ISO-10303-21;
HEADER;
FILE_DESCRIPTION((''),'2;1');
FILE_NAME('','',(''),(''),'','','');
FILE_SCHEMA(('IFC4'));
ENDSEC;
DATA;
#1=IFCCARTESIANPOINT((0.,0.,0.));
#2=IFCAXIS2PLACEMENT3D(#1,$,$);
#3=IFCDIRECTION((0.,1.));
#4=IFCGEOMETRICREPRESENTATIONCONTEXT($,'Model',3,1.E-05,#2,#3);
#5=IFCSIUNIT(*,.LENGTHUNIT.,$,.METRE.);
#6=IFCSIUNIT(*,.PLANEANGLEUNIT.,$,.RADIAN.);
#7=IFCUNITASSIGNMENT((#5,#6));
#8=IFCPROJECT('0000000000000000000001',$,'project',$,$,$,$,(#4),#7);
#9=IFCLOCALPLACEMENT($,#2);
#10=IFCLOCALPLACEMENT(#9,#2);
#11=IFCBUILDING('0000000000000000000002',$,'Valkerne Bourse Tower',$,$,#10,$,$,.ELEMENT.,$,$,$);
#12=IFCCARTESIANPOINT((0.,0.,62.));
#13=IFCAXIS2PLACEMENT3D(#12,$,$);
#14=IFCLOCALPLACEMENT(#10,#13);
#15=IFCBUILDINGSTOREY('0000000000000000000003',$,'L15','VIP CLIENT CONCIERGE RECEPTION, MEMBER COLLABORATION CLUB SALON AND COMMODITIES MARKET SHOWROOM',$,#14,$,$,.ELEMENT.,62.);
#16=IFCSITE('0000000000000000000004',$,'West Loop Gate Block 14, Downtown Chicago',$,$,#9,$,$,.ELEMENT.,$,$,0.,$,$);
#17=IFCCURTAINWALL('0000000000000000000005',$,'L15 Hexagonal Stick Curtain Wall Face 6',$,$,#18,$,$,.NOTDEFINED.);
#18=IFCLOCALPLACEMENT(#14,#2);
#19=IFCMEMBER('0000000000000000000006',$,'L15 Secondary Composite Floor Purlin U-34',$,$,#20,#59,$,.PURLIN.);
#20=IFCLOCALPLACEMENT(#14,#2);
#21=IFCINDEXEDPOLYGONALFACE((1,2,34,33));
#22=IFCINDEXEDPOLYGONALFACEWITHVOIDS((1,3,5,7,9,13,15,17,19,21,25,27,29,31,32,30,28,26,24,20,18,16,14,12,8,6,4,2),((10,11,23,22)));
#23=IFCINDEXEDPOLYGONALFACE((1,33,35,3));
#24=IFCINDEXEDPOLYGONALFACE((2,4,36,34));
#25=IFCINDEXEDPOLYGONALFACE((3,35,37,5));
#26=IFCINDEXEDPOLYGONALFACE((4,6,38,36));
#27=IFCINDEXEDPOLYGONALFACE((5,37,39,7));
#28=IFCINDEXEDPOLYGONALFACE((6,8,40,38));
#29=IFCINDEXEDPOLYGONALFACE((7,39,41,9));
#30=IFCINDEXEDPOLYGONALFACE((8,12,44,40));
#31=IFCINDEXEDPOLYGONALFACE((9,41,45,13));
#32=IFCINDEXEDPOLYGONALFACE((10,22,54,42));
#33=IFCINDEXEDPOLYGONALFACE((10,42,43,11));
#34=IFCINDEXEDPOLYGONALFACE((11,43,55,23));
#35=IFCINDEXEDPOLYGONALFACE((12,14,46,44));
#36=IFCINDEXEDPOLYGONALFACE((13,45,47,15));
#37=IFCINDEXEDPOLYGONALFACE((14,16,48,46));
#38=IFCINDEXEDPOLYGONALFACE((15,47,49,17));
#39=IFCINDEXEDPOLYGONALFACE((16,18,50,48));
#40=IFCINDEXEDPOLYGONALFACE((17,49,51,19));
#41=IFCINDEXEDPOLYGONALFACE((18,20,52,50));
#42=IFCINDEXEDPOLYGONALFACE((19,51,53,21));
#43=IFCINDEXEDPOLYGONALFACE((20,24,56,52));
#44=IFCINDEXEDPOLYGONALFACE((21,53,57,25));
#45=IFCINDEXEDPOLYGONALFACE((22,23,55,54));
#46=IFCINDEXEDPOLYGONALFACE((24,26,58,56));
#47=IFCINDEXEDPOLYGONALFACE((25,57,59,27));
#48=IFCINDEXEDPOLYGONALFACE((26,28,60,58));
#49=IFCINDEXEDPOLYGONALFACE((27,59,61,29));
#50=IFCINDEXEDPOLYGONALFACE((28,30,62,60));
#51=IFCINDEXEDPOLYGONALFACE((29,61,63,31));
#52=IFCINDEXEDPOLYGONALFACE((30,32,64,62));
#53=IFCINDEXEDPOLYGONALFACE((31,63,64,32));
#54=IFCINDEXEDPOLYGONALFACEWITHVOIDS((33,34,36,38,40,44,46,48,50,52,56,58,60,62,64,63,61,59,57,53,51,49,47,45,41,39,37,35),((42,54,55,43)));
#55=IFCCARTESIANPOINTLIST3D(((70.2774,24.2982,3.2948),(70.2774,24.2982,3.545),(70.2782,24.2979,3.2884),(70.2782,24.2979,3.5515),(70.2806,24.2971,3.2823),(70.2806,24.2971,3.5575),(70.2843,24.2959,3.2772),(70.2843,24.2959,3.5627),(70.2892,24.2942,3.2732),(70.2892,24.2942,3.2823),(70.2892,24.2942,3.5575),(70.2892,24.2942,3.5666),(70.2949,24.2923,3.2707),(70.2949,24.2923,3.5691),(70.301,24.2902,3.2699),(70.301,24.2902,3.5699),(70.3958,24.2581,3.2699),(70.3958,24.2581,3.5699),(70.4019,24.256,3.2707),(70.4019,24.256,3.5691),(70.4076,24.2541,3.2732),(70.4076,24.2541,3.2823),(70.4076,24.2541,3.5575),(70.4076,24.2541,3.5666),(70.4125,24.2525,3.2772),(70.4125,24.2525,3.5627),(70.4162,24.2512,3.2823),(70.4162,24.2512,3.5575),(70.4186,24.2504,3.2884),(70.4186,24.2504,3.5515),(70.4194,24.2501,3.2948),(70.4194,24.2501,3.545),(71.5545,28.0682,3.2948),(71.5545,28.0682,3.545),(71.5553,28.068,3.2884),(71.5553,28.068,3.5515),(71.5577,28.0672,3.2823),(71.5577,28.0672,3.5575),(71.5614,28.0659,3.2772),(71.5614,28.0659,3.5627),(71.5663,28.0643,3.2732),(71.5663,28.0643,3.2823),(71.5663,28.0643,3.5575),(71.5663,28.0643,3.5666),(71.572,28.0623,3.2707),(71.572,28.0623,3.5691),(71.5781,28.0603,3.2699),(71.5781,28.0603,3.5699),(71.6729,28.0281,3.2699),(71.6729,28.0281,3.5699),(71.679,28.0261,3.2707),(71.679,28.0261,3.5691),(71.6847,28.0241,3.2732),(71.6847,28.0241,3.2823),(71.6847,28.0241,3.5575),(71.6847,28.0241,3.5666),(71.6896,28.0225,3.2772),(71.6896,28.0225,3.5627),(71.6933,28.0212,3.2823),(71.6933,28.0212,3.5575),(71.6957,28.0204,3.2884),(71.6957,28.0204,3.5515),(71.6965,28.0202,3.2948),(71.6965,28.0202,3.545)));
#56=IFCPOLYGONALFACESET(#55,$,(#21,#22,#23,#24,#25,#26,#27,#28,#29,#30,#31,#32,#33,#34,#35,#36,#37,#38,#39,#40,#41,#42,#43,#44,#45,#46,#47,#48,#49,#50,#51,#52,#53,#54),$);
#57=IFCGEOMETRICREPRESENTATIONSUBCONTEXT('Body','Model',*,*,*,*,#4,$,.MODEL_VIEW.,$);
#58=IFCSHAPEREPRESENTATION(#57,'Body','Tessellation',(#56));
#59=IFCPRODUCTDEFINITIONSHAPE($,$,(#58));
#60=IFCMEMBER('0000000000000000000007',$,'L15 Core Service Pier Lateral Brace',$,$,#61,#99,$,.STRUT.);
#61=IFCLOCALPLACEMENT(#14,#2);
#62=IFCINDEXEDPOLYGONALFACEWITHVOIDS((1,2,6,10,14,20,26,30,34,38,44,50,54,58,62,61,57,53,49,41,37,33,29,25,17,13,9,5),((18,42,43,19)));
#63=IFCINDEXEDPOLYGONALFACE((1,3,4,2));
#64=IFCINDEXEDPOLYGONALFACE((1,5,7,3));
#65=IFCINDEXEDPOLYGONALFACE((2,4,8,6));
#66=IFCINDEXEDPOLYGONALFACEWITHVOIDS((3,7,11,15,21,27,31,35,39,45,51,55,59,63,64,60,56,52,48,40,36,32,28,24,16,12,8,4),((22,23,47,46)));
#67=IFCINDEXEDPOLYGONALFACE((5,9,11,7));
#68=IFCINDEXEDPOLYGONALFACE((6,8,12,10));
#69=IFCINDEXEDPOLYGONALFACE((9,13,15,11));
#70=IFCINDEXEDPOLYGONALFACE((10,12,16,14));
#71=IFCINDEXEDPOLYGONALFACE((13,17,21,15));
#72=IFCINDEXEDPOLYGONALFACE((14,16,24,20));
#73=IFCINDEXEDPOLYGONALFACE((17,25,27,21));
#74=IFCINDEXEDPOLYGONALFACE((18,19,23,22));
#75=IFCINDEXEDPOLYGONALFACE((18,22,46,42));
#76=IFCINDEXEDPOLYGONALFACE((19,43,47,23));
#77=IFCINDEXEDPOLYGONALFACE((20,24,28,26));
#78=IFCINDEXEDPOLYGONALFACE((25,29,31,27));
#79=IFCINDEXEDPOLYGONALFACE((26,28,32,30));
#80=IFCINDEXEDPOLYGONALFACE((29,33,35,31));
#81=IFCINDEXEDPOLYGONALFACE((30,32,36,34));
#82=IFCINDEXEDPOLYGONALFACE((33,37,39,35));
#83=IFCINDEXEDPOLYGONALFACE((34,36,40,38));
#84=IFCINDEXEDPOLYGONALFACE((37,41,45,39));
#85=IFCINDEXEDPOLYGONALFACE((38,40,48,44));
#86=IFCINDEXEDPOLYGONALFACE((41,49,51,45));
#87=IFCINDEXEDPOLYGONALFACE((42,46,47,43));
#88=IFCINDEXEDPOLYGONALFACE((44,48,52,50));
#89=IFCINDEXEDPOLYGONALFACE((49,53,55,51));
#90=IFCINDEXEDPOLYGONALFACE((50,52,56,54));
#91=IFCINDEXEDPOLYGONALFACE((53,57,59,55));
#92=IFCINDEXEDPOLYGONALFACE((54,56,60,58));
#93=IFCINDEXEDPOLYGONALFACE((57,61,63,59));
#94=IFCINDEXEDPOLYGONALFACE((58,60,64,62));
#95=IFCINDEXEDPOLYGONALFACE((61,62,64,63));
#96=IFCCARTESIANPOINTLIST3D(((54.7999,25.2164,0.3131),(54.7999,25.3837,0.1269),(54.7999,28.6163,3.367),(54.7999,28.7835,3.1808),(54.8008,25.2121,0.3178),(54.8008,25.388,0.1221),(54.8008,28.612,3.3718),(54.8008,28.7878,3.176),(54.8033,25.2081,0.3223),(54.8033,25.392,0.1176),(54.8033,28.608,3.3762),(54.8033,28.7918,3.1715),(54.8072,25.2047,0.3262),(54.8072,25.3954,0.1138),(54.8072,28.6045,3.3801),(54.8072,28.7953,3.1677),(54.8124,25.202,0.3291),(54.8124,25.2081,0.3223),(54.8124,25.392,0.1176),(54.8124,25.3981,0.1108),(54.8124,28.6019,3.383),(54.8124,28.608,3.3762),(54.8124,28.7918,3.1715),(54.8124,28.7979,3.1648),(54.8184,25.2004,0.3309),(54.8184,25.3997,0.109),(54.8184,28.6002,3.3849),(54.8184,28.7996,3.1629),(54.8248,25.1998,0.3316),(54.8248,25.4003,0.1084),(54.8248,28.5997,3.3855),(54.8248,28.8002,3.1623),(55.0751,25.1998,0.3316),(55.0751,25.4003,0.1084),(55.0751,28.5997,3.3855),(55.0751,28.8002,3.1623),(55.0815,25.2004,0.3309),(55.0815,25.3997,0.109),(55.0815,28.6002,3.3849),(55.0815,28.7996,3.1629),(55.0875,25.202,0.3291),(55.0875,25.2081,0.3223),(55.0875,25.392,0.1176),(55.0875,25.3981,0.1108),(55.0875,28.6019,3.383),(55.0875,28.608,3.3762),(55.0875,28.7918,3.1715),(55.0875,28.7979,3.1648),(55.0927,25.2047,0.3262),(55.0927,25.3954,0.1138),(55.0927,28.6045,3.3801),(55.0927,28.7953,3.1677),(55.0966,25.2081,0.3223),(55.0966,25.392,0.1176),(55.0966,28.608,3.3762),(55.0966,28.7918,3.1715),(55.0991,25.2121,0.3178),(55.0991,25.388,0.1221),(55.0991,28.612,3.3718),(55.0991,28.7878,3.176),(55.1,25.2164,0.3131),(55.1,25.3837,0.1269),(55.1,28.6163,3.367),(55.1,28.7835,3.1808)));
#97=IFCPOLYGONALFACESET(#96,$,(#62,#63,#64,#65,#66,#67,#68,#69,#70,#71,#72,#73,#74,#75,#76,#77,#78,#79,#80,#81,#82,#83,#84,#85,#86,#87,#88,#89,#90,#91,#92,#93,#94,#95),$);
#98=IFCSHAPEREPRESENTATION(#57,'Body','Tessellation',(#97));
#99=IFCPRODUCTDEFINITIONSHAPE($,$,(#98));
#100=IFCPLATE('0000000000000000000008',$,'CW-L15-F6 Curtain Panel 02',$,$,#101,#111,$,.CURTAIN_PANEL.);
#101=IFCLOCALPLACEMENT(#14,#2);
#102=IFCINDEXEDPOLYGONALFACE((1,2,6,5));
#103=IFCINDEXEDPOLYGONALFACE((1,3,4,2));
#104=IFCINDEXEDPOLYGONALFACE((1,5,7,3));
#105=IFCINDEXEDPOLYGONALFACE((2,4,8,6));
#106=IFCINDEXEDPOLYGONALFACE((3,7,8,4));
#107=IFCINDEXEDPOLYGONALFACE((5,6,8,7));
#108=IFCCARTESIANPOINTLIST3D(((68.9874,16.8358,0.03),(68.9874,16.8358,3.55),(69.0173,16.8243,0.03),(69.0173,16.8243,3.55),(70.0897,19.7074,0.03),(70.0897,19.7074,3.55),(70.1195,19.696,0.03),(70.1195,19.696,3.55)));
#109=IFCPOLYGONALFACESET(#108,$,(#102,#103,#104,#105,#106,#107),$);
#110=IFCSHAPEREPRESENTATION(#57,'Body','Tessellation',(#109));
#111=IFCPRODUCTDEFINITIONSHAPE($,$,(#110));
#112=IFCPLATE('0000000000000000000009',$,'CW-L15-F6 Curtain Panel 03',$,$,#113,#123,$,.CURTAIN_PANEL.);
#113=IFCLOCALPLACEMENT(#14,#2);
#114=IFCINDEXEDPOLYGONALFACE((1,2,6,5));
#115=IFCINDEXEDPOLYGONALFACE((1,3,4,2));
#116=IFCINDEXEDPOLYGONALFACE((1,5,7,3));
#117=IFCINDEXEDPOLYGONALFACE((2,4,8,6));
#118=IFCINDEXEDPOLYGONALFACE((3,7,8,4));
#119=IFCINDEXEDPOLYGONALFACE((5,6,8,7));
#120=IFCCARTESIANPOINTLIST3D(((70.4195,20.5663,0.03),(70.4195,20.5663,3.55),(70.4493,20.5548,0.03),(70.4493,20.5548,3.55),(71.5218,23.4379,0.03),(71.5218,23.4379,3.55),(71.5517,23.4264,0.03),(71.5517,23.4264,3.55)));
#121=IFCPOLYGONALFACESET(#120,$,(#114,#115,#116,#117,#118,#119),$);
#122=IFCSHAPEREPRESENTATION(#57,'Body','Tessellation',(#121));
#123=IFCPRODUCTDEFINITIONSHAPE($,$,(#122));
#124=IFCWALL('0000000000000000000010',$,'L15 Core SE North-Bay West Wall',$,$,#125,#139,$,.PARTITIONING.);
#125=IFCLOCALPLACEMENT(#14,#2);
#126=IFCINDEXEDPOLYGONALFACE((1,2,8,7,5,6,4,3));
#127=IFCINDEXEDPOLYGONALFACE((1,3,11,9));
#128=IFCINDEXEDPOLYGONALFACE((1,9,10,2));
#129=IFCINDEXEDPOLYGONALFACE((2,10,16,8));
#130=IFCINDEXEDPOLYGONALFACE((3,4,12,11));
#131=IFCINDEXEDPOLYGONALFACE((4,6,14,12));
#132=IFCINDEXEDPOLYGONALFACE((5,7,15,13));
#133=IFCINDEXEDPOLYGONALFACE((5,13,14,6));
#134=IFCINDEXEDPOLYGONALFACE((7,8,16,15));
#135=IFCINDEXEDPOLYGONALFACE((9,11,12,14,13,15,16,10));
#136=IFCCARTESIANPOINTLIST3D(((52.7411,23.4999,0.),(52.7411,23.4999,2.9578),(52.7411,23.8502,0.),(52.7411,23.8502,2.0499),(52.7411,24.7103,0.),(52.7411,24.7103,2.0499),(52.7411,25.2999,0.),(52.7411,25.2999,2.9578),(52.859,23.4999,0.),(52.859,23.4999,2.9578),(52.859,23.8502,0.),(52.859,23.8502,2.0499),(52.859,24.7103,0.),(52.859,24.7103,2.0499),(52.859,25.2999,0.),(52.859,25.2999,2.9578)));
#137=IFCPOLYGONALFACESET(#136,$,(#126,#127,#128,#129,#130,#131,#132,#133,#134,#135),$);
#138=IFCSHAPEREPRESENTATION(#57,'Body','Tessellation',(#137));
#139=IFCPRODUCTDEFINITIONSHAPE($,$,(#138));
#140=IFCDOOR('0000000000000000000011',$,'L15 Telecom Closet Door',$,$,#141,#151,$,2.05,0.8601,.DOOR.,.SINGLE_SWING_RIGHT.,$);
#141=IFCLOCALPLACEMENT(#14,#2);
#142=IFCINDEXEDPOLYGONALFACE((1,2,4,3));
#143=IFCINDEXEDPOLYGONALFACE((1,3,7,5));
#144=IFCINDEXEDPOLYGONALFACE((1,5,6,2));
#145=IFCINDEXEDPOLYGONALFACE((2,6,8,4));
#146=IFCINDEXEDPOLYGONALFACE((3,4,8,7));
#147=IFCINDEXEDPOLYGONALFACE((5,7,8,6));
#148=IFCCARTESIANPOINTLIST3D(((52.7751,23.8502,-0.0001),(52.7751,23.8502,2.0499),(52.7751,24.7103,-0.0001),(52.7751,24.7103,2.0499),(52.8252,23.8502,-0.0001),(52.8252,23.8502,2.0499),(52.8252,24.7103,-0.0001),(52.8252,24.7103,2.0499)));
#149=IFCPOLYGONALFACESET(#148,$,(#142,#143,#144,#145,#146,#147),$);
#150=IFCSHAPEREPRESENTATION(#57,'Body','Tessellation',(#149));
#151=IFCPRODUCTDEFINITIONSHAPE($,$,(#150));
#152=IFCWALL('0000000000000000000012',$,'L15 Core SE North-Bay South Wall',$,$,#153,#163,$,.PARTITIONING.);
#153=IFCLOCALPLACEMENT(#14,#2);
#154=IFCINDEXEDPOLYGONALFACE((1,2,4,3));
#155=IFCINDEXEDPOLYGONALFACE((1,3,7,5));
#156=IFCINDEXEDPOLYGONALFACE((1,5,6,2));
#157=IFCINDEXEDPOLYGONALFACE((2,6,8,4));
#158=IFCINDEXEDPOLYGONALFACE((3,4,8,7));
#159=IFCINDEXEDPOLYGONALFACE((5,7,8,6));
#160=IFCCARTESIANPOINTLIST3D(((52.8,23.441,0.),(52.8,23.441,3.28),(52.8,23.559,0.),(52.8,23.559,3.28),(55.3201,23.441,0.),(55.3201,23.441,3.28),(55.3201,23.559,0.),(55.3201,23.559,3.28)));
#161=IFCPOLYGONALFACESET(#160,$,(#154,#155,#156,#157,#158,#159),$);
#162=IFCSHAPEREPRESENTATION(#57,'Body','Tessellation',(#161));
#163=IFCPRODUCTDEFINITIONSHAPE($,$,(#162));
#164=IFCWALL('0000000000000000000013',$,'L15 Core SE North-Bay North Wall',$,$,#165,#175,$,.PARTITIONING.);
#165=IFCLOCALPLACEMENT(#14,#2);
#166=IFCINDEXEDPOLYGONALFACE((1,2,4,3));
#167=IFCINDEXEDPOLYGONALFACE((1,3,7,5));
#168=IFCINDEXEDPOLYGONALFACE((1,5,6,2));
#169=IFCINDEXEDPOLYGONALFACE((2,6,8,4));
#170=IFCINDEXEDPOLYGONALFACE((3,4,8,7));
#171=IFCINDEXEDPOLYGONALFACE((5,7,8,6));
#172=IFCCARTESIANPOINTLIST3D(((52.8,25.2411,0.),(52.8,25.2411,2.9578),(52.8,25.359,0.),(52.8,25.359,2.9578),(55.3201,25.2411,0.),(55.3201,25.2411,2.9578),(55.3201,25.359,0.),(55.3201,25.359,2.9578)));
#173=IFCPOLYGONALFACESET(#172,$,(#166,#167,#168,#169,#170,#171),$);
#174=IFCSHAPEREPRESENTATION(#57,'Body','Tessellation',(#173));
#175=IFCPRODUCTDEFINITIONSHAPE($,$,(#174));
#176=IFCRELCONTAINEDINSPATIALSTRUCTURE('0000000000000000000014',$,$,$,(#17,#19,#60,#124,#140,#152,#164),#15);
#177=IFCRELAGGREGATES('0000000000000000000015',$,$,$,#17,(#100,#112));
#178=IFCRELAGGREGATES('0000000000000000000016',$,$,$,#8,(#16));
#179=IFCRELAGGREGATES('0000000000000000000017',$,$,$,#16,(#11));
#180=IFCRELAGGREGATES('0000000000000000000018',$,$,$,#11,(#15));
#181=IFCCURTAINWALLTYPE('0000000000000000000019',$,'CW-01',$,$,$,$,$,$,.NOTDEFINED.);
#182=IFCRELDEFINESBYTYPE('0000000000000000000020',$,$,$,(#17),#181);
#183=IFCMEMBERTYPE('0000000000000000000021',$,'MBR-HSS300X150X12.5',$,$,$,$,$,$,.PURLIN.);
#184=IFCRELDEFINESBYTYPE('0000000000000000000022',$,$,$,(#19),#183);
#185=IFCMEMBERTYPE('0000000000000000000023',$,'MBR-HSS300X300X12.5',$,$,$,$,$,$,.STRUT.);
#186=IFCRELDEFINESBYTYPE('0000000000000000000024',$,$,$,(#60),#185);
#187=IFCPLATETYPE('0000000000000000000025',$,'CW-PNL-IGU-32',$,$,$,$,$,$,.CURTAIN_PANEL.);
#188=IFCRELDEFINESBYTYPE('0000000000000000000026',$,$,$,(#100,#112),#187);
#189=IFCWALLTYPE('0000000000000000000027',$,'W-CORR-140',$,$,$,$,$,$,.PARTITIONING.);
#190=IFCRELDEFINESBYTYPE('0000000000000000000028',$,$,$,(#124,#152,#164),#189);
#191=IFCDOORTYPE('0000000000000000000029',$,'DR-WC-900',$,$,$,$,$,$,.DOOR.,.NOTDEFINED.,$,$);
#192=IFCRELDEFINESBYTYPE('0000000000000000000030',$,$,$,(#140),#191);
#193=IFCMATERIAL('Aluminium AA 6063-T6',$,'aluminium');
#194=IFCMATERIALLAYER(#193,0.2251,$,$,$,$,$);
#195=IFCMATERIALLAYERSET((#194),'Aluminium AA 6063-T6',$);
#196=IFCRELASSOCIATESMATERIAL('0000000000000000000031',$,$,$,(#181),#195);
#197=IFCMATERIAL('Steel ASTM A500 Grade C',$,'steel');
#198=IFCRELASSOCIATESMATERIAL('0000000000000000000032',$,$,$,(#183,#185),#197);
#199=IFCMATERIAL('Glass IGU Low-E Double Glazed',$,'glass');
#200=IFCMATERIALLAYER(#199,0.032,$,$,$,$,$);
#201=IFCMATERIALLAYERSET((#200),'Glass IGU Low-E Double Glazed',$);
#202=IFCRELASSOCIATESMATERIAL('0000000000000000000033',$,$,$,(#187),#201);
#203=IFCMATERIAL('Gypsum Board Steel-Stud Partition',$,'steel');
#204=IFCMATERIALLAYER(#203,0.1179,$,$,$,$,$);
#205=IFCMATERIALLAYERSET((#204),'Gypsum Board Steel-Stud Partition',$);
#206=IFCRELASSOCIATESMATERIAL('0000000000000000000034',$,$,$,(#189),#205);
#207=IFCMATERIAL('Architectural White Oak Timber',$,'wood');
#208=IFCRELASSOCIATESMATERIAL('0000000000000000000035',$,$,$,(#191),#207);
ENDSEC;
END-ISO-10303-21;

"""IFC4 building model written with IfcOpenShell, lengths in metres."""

from ifc_helpers import new_model, si_unit, direction, frame, frame_2d, origin, origin_2d, place, context, subcontext, project, spatial, rectangle, hollow_rectangle, extrude, material, layer, layer_set, material_profile, profile_set, type_object, element, fill, aggregate, save


model = new_model("IFC4")

# Units and contexts
model_context = context("Model", 3, precision=1e-05, world=origin(), true_north=direction((0.0, 1.0)))
body_context = subcontext(model_context, "Body", "Model", "MODEL_VIEW")
ifc_project = project(units=[si_unit("LENGTHUNIT", "METRE"), si_unit("PLANEANGLEUNIT", "RADIAN")], contexts=[model_context])

# Site, building, storey
site_placement = place(None, origin())
site = spatial("IfcSite", under=ifc_project, at=site_placement, Name="West Loop Gate Block 14, Downtown Chicago", CompositionType="ELEMENT", RefElevation=0.0)
building_placement = place(site_placement, origin())
building = spatial("IfcBuilding", under=site, at=building_placement, Name="Valkerne Bourse Tower", CompositionType="ELEMENT")
storey_placement = place(building_placement, frame((0.0, 0.0, 62.0)))
storey = spatial("IfcBuildingStorey", under=building, at=storey_placement, Name="L15", Description="VIP CLIENT CONCIERGE RECEPTION, MEMBER COLLABORATION CLUB SALON AND COMMODITIES MARKET SHOWROOM", CompositionType="ELEMENT", Elevation=62.0)

# Curtain wall
ifc_material_1 = material(Name="Aluminium AA 6063-T6", Category="aluminium")
ifc_layer_1 = layer(ifc_material_1, 0.2251)
ifc_layer_set_1 = layer_set([ifc_layer_1], Name="Aluminium AA 6063-T6")
curtain_wall_type = type_object("IfcCurtainWallType", Name="CW-01", PredefinedType="NOTDEFINED", material=ifc_layer_set_1)
curtain_wall_placement = place(storey_placement, origin())
curtain_wall = element("IfcCurtainWall", 1, at=curtain_wall_placement, inside=storey, type_object=curtain_wall_type, Name="L15 Hexagonal Stick Curtain Wall Face 6", PredefinedType="NOTDEFINED")

# Members
ifc_material_2 = material(Name="Steel ASTM A500 Grade C", Category="steel")
ifc_material_profile_1 = material_profile(ifc_material_2, hollow_rectangle(XDim=0.1499, YDim=0.3, WallThickness=0.0125, OuterFilletRadius=0.0249, at=origin_2d()), Name="HSS300X150X12.5")
ifc_profile_set_1 = profile_set([ifc_material_profile_1], Name="Steel ASTM A500 Grade C")
member_type_1 = type_object("IfcMemberType", Name="MBR-HSS300X150X12.5", PredefinedType="PURLIN", material=ifc_profile_set_1)
member_1_placement = place(storey_placement, frame((70.3484, 24.2742, 3.4199), z_axis=(0.320843, 0.947133, 0.0), x_axis=(-0.947133, 0.320843, 0.0)))
element("IfcMember", 2, at=member_1_placement, inside=storey, type_object=member_type_1, Name="L15 Secondary Composite Floor Purlin U-34", PredefinedType="PURLIN", context=body_context, shape_type="SweptSolid", body=[
    extrude(hollow_rectangle(XDim=0.1499, YDim=0.3, WallThickness=0.0125, OuterFilletRadius=0.0249, at=origin_2d()), origin(), (0.0, 0.0, 1.0), 3.9805),
])
ifc_material_profile_2 = material_profile(ifc_material_2, hollow_rectangle(XDim=0.3, YDim=0.3, WallThickness=0.0125, OuterFilletRadius=0.0249, at=origin_2d()), Name="HSS300X300X12.5")
ifc_profile_set_2 = profile_set([ifc_material_profile_2], Name="Steel ASTM A500 Grade C")
member_type_2 = type_object("IfcMemberType", Name="MBR-HSS300X300X12.5", PredefinedType="STRUT", material=ifc_profile_set_2)
member_2_placement = place(storey_placement, frame((54.95, 25.3, 0.22), z_axis=(0.0, 0.743942, 0.668244), x_axis=(-1.0, 0.0, 0.0)))
element("IfcMember", 3, at=member_2_placement, inside=storey, type_object=member_type_2, Name="L15 Core Service Pier Lateral Brace", PredefinedType="STRUT", context=body_context, shape_type="SweptSolid", body=[
    extrude(hollow_rectangle(XDim=0.3, YDim=0.3, WallThickness=0.0125, OuterFilletRadius=0.0249, at=origin_2d()), origin(), (0.0, 0.0, 1.0), 4.5701),
])

# Plates
ifc_material_3 = material(Name="Glass IGU Low-E Double Glazed", Category="glass")
ifc_layer_2 = layer(ifc_material_3, 0.032)
ifc_layer_set_2 = layer_set([ifc_layer_2], Name="Glass IGU Low-E Double Glazed")
plate_type = type_object("IfcPlateType", Name="CW-PNL-IGU-32", PredefinedType="CURTAIN_PANEL", material=ifc_layer_set_2)
plate_1_placement = place(storey_placement, frame((69.5535, 18.2659, 0.03), z_axis=(0.0, 0.0, 1.0), x_axis=(0.358359, 0.933584, 0.0)))
plate_1 = element("IfcPlate", 4, at=plate_1_placement, type_object=plate_type, Name="CW-L15-F6 Curtain Panel 02", PredefinedType="CURTAIN_PANEL", context=body_context, shape_type="SweptSolid", body=[
    extrude(rectangle(XDim=3.0759, YDim=0.032, at=origin_2d()), origin(), (0.0, 0.0, 1.0), 3.52),
])
plate_2_placement = place(storey_placement, frame((70.9856, 21.9963, 0.03), z_axis=(0.0, 0.0, 1.0), x_axis=(0.35838, 0.933576, 0.0)))
plate_2 = element("IfcPlate", 5, at=plate_2_placement, type_object=plate_type, Name="CW-L15-F6 Curtain Panel 03", PredefinedType="CURTAIN_PANEL", context=body_context, shape_type="SweptSolid", body=[
    extrude(rectangle(XDim=3.0759, YDim=0.032, at=origin_2d()), origin(), (0.0, 0.0, 1.0), 3.52),
])
aggregate(curtain_wall, [plate_1, plate_2])

# Wall, opening, door
ifc_material_4 = material(Name="Gypsum Board Steel-Stud Partition", Category="steel")
ifc_layer_3 = layer(ifc_material_4, 0.1179)
ifc_layer_set_3 = layer_set([ifc_layer_3], Name="Gypsum Board Steel-Stud Partition")
wall_type_1 = type_object("IfcWallType", Name="W-CORR-140", PredefinedType="PARTITIONING", material=ifc_layer_set_3)
wall_1_placement = place(storey_placement, frame((52.8, 23.5, 0.0), z_axis=(0.0, 0.0, 1.0), x_axis=(0.0, 1.0, 0.0)))
wall_1 = element("IfcWall", 6, at=wall_1_placement, inside=storey, type_object=wall_type_1, Name="L15 Core SE North-Bay West Wall", PredefinedType="PARTITIONING", context=body_context, shape_type="SweptSolid", body=[
    extrude(rectangle(XDim=1.8, YDim=0.1179, at=frame_2d((0.8999, 0.0))), origin(), (0.0, 0.0, 1.0), 2.9578),
])
opening_1_placement = place(wall_1_placement, frame((0.3501, 0.0, 0.0)))
opening_1 = element("IfcOpeningElement", 7, at=opening_1_placement, cuts=wall_1, PredefinedType="OPENING", context=body_context, shape_type="SweptSolid", body=[
    extrude(rectangle(XDim=0.8601, YDim=2.05, at=frame_2d((0.4302, 1.0249))), frame((0.0, 0.0688, 0.0), z_axis=(0.0, -1.0, 0.0), x_axis=(1.0, 0.0, 0.0)), (0.0, 0.0, 1.0), 0.1379),
])
ifc_material_5 = material(Name="Architectural White Oak Timber", Category="wood")
door_type_1 = type_object("IfcDoorType", Name="DR-WC-900", OperationType="NOTDEFINED", PredefinedType="DOOR", material=ifc_material_5)
door_1_placement = place(opening_1_placement, origin())
door_1 = element("IfcDoor", 8, at=door_1_placement, inside=storey, type_object=door_type_1, Name="L15 Telecom Closet Door", OperationType="SINGLE_SWING_RIGHT", OverallHeight=2.05, OverallWidth=0.8601, PredefinedType="DOOR", context=body_context, shape_type="SweptSolid", body=[
    extrude(rectangle(XDim=0.8601, YDim=2.05, at=frame_2d((0.4302, 1.0249))), frame((0.0, 0.0249, 0.0), z_axis=(0.0, -1.0, 0.0), x_axis=(1.0, 0.0, 0.0)), (0.0, 0.0, 1.0), 0.05),
])
fill(opening_1, door_1)

# Walls
wall_2_placement = place(storey_placement, frame((52.8, 23.5, 0.0), z_axis=(0.0, 0.0, 1.0), x_axis=(1.0, 0.0, 0.0)))
element("IfcWall", 9, at=wall_2_placement, inside=storey, type_object=wall_type_1, Name="L15 Core SE North-Bay South Wall", PredefinedType="PARTITIONING", context=body_context, shape_type="SweptSolid", body=[
    extrude(rectangle(XDim=2.52, YDim=0.1179, at=frame_2d((1.26, 0.0))), origin(), (0.0, 0.0, 1.0), 3.28),
])
wall_3_placement = place(storey_placement, frame((52.8, 25.3, 0.0), z_axis=(0.0, 0.0, 1.0), x_axis=(1.0, 0.0, 0.0)))
element("IfcWall", 10, at=wall_3_placement, inside=storey, type_object=wall_type_1, Name="L15 Core SE North-Bay North Wall", PredefinedType="PARTITIONING", context=body_context, shape_type="SweptSolid", body=[
    extrude(rectangle(XDim=2.52, YDim=0.1179, at=frame_2d((1.26, 0.0))), origin(), (0.0, 0.0, 1.0), 2.9578),
])

save(model, "model.ifc")
